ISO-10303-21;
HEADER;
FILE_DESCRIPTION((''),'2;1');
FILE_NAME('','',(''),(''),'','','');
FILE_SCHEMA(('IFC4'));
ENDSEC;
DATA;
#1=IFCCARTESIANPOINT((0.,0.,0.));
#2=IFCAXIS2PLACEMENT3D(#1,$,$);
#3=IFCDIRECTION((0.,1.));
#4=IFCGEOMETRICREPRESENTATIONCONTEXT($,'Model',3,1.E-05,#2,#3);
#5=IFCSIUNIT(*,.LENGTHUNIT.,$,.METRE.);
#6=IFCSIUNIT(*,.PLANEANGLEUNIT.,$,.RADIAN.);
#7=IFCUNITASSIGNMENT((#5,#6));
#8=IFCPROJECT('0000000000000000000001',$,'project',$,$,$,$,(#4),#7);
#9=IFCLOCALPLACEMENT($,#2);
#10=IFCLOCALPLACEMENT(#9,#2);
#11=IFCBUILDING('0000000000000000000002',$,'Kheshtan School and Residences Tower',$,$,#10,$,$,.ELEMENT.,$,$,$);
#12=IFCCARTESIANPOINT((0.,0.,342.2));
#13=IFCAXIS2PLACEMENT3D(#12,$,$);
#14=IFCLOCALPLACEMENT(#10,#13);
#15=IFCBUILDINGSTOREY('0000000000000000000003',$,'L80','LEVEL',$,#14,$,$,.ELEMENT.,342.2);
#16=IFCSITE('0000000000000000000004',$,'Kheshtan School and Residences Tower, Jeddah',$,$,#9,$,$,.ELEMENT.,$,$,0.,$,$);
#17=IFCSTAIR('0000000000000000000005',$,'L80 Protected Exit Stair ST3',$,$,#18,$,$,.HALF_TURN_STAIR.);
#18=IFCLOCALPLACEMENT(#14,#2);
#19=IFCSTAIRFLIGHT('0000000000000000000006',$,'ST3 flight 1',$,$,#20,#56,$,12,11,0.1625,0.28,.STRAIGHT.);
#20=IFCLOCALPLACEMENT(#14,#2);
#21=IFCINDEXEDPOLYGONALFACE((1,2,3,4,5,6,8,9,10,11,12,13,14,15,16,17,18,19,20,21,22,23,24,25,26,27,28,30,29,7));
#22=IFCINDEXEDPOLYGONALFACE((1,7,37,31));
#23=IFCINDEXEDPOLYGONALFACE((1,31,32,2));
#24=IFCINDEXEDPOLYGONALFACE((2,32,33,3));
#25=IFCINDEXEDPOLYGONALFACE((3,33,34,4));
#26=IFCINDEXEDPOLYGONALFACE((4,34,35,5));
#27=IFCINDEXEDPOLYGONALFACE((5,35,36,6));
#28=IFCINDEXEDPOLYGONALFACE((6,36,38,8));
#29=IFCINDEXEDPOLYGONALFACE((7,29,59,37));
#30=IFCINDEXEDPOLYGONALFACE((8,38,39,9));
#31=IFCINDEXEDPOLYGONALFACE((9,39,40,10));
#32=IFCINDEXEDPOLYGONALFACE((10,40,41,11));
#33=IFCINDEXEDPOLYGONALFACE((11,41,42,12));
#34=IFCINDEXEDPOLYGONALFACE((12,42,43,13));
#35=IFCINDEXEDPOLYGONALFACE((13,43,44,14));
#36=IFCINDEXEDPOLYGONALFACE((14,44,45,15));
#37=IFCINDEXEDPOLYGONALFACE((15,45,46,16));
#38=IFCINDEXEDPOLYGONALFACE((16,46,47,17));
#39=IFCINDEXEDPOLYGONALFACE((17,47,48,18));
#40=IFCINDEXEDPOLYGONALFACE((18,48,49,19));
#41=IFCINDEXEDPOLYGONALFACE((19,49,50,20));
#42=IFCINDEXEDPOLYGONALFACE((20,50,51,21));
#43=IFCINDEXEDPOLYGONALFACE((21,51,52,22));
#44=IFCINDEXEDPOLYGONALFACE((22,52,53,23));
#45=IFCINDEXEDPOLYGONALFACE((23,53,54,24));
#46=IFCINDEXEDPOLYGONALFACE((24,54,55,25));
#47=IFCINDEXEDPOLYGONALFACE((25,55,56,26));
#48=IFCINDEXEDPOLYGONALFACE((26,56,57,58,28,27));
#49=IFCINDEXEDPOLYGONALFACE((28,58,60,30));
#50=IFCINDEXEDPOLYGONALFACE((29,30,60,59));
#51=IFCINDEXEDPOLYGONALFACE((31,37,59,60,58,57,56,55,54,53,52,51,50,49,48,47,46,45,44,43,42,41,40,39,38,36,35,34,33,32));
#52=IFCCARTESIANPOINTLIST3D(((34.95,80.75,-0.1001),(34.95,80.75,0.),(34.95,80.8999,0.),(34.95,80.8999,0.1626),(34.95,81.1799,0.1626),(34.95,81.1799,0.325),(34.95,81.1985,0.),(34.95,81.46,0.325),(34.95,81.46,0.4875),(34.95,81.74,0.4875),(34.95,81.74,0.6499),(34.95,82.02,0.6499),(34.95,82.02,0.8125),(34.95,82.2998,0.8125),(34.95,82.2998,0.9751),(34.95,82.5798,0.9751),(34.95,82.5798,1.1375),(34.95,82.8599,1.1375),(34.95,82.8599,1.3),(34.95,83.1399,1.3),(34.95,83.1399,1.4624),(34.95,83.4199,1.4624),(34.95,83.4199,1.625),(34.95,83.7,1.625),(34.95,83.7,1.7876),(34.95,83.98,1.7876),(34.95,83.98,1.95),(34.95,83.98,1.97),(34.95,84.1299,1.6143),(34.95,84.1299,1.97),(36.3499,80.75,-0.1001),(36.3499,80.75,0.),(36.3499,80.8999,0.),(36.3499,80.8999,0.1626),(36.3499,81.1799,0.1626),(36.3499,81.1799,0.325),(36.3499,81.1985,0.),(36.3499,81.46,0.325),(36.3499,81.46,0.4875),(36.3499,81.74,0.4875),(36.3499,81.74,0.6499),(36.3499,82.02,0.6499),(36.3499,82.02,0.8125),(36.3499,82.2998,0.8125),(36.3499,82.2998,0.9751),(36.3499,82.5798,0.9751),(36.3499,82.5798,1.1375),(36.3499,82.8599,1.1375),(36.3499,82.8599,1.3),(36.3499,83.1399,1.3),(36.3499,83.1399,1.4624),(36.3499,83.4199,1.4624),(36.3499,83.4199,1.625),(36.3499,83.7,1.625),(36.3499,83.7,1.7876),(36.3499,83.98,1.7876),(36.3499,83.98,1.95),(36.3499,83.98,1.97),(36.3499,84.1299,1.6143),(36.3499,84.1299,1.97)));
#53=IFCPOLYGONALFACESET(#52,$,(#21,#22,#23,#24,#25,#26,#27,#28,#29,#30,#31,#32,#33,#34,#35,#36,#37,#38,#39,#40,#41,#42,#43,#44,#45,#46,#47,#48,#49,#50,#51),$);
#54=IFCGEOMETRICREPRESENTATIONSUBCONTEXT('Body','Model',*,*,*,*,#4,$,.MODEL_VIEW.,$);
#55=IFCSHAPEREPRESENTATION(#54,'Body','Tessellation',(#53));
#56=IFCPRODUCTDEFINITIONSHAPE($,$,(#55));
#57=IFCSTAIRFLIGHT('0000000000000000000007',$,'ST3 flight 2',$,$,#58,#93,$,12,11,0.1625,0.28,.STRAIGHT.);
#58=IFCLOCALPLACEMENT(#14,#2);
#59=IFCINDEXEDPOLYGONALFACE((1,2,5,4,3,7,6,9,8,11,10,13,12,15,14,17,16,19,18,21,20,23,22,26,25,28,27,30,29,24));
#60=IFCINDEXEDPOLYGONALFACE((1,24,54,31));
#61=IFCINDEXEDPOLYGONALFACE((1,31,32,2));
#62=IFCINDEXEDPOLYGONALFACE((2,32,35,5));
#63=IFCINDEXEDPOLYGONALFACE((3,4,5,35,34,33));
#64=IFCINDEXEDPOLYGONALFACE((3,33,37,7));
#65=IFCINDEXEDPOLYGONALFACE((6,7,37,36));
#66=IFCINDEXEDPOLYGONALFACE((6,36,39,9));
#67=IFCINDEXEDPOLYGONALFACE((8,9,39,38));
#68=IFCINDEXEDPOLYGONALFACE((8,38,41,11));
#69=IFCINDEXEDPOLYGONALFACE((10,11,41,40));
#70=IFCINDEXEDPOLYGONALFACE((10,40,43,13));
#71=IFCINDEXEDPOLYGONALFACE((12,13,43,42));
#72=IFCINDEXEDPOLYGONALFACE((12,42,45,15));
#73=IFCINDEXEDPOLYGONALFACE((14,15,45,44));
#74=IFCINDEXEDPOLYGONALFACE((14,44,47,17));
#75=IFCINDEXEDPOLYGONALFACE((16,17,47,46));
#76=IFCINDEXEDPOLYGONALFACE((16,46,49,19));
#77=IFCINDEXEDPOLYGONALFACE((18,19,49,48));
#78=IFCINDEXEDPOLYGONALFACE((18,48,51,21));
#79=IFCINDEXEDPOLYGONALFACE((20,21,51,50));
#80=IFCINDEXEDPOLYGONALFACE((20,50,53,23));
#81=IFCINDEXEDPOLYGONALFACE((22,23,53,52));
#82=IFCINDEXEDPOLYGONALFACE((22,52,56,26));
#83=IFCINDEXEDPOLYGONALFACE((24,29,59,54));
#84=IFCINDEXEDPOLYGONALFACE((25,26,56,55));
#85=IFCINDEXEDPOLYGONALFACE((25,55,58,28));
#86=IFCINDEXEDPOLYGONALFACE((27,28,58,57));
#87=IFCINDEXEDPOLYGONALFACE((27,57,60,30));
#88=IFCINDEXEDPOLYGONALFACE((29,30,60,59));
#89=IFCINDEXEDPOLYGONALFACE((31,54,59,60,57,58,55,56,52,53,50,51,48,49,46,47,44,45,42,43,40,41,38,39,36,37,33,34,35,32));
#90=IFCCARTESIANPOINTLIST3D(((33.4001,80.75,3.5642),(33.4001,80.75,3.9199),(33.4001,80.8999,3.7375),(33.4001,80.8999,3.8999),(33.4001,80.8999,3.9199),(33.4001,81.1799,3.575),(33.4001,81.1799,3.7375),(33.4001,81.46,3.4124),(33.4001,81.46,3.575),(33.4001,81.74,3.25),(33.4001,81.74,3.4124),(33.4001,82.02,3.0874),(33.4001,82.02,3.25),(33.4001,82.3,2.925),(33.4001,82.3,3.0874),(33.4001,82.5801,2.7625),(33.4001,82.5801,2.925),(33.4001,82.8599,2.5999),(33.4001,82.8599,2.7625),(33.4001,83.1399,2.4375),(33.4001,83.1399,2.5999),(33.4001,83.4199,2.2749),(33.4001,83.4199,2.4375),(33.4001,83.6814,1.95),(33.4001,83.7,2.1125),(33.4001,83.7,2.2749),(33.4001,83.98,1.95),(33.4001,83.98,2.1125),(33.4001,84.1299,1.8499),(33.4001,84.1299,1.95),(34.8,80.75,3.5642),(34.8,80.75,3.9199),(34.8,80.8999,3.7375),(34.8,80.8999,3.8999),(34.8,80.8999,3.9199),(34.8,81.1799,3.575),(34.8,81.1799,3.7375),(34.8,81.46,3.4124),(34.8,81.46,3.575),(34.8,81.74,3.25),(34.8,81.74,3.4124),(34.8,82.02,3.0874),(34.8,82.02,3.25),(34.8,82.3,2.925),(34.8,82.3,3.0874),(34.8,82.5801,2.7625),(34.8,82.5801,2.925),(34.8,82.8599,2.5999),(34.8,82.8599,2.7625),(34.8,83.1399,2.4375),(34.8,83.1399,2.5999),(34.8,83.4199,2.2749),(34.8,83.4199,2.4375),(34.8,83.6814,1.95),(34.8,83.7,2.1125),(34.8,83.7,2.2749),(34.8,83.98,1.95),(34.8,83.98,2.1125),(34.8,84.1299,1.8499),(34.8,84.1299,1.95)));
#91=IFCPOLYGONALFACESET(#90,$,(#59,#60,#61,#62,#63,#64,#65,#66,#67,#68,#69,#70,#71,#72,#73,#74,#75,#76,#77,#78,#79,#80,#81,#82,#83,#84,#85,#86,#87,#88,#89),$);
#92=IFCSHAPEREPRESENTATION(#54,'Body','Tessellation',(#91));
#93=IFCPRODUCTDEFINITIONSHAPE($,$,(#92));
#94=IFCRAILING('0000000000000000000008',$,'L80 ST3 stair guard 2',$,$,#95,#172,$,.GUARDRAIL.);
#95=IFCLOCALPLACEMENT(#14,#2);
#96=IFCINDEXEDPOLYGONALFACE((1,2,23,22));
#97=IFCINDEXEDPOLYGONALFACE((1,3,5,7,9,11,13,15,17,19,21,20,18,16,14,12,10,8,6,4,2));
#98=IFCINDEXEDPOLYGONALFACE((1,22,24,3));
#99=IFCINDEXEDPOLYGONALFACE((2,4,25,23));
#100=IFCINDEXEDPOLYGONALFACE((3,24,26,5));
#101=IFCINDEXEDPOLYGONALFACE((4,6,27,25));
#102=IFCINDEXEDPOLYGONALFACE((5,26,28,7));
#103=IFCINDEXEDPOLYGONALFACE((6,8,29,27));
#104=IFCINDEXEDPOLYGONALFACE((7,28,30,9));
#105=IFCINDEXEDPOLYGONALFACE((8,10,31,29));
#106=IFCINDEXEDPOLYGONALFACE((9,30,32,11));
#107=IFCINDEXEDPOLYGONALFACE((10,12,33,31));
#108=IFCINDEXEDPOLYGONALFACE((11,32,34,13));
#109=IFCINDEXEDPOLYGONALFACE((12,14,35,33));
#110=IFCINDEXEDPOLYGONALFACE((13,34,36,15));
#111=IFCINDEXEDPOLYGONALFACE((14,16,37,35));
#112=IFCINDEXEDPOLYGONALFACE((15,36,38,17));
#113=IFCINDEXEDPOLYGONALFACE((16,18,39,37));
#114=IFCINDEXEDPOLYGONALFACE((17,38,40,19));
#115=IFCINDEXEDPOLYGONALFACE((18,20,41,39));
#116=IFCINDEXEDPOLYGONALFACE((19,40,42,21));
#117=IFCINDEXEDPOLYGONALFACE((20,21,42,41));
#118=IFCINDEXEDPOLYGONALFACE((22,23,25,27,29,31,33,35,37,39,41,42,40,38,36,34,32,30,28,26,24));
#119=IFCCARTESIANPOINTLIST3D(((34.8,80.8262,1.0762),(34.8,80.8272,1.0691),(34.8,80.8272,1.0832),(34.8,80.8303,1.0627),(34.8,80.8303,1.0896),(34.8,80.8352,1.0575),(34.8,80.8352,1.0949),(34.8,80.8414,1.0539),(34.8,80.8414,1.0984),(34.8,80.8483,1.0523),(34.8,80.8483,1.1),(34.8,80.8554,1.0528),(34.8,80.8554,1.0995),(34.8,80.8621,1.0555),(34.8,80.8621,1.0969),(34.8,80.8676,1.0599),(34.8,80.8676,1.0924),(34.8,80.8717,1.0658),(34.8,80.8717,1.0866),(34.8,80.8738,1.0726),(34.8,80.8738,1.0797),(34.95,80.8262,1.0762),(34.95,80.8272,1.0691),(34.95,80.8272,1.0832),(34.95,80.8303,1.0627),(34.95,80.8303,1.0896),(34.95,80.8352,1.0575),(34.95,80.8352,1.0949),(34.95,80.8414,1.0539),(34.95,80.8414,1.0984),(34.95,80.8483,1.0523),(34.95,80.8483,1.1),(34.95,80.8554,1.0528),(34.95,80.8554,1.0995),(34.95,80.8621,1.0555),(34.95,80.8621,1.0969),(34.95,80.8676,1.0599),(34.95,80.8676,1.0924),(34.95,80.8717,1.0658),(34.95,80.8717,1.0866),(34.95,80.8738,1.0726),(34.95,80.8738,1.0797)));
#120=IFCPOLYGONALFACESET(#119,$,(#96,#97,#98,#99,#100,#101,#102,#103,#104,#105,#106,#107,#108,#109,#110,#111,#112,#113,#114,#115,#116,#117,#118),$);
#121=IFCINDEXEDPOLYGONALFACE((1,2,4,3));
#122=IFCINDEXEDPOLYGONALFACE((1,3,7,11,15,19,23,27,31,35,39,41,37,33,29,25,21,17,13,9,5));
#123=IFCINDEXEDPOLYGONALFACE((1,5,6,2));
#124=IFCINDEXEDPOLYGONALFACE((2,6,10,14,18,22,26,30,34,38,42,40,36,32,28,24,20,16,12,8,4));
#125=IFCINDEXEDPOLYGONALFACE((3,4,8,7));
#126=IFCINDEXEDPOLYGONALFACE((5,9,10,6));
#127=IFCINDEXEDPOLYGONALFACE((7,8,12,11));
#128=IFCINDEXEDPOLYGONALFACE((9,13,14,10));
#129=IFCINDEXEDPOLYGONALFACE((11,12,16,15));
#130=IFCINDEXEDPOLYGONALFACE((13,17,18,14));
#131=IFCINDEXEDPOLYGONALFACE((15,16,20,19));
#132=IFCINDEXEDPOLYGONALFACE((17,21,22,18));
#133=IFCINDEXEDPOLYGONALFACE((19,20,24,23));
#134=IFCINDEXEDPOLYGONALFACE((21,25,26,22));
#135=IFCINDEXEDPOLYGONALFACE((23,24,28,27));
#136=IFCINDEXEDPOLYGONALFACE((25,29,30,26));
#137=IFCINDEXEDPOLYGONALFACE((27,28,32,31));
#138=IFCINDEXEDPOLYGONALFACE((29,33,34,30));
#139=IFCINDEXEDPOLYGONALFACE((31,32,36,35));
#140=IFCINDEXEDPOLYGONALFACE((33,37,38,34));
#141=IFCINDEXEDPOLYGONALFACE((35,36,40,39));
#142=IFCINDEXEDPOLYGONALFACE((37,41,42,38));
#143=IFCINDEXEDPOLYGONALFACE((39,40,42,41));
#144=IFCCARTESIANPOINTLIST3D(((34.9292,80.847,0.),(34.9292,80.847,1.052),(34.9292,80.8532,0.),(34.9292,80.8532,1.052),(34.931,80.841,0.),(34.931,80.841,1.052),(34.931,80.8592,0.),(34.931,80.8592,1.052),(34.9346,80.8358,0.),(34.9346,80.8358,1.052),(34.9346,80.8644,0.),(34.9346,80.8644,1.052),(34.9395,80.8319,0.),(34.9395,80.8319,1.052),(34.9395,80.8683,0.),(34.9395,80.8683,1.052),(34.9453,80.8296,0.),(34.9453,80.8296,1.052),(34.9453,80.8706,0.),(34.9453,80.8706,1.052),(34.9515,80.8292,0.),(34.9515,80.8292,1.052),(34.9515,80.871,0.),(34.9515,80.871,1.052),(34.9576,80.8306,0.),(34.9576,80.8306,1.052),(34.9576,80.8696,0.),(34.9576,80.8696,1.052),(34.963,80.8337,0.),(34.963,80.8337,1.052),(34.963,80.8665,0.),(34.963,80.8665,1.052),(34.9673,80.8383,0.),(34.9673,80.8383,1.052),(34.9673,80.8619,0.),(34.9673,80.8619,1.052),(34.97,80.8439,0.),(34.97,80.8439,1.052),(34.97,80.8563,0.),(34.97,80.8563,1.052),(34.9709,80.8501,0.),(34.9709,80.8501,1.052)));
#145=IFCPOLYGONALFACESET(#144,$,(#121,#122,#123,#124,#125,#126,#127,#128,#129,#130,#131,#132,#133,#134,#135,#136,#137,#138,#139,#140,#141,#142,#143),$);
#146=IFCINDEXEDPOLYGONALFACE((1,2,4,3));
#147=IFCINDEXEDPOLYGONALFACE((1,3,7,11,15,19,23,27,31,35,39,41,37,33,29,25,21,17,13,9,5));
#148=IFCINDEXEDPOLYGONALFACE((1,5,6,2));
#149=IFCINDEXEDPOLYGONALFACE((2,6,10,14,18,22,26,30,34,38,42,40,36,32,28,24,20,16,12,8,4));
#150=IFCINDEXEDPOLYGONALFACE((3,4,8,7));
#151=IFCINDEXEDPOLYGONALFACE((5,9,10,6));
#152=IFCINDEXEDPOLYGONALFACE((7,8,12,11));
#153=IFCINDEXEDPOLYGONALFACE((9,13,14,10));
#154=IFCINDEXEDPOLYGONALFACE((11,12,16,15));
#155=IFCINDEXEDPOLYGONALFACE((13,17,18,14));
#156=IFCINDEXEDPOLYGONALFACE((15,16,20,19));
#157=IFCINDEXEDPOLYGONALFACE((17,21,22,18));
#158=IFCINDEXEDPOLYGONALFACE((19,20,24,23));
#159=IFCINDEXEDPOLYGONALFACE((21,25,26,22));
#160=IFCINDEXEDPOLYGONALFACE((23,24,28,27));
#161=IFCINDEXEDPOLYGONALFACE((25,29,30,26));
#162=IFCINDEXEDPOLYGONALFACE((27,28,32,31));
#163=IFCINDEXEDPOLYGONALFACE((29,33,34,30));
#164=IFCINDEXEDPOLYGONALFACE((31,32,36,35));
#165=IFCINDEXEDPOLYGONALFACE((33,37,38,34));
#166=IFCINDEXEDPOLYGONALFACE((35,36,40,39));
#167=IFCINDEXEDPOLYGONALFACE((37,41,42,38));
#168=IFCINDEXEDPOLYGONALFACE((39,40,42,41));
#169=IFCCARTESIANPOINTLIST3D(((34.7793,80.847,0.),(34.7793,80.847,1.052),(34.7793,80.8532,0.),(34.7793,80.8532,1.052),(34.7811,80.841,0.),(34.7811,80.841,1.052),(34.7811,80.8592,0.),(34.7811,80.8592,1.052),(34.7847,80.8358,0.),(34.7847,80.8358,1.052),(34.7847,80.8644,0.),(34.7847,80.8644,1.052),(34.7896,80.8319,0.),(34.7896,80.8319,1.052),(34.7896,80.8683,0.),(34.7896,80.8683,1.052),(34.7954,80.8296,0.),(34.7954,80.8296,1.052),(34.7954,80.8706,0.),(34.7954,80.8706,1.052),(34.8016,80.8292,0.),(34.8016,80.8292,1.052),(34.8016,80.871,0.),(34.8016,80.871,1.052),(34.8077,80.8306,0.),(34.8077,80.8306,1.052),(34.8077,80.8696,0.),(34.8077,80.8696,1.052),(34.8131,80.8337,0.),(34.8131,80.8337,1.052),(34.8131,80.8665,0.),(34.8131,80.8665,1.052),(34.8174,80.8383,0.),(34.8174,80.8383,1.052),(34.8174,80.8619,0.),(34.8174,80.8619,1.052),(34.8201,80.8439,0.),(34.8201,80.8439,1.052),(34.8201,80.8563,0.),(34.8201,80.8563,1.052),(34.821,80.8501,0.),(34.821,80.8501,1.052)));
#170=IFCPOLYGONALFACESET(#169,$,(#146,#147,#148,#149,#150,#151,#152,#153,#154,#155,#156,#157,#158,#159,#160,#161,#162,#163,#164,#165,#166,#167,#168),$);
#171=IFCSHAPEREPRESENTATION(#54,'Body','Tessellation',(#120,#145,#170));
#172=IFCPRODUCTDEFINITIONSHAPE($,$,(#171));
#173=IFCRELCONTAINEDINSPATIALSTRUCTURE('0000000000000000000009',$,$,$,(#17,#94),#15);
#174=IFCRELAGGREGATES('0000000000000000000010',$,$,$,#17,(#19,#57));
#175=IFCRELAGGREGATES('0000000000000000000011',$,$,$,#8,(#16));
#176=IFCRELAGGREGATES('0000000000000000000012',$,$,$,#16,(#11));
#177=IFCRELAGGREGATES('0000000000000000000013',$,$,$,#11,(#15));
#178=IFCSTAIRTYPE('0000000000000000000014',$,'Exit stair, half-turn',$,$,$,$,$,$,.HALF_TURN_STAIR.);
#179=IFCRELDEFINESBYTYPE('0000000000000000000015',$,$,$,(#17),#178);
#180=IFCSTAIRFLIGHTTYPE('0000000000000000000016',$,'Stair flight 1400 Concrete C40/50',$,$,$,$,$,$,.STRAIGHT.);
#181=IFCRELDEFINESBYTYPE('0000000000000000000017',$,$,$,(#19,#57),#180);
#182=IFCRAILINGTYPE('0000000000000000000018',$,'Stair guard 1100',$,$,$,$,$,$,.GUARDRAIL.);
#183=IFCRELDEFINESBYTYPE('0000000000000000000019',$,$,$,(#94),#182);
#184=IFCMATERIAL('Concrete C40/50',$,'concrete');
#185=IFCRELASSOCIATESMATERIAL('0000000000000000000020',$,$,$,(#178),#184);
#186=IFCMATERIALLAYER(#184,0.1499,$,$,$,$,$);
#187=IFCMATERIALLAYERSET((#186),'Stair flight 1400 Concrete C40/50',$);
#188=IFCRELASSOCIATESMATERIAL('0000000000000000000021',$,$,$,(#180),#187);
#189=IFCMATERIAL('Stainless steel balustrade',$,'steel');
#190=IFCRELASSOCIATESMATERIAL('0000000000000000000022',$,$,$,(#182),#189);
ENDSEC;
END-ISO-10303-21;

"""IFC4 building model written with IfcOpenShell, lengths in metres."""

from ifc_helpers import new_model, si_unit, direction, frame, origin, origin_2d, place, context, subcontext, project, spatial, polyline, circle, outline, extrude, material, layer, layer_set, type_object, element, aggregate, save


model = new_model("IFC4")

# Units and contexts
model_context = context("Model", 3, precision=1e-05, world=origin(), true_north=direction((0.0, 1.0)))
body_context = subcontext(model_context, "Body", "Model", "MODEL_VIEW")
ifc_project = project(units=[si_unit("LENGTHUNIT", "METRE"), si_unit("PLANEANGLEUNIT", "RADIAN")], contexts=[model_context])

# Site, building, storey
site_placement = place(None, origin())
site = spatial("IfcSite", under=ifc_project, at=site_placement, Name="Kheshtan School and Residences Tower, Jeddah", CompositionType="ELEMENT", RefElevation=0.0)
building_placement = place(site_placement, origin())
building = spatial("IfcBuilding", under=site, at=building_placement, Name="Kheshtan School and Residences Tower", CompositionType="ELEMENT")
storey_placement = place(building_placement, frame((0.0, 0.0, 342.2)))
storey = spatial("IfcBuildingStorey", under=building, at=storey_placement, Name="L80", Description="LEVEL", CompositionType="ELEMENT", Elevation=342.2)

# Shared definitions
ifc_material_1 = material(Name="Concrete C40/50", Category="concrete")

# Stair, stair flights
stair_type = type_object("IfcStairType", Name="Exit stair, half-turn", PredefinedType="HALF_TURN_STAIR", material=ifc_material_1)
stair_placement = place(storey_placement, origin())
stair = element("IfcStair", 1, at=stair_placement, inside=storey, type_object=stair_type, Name="L80 Protected Exit Stair ST3", PredefinedType="HALF_TURN_STAIR")
ifc_layer_1 = layer(ifc_material_1, 0.1499)
ifc_layer_set_1 = layer_set([ifc_layer_1], Name="Stair flight 1400 Concrete C40/50")
stair_flight_type = type_object("IfcStairFlightType", Name="Stair flight 1400 Concrete C40/50", PredefinedType="STRAIGHT", material=ifc_layer_set_1)
stair_flight_1_placement = place(storey_placement, frame((35.6499, 80.8999, 0.0), z_axis=(0.0, 0.0, 1.0), x_axis=(0.0, 1.0, 0.0)))
stair_flight_1 = element("IfcStairFlight", 2, at=stair_flight_1_placement, type_object=stair_flight_type, Name="ST3 flight 1", NumberOfRisers=12, NumberOfTreads=11, PredefinedType="STRAIGHT", RiserHeight=0.1625, TreadLength=0.28, context=body_context, shape_type="SweptSolid", body=[
    extrude(outline(polyline([(-0.1499, -0.1001), (-0.1499, 0.0), (0.0, 0.0), (0.0, 0.1626), (0.28, 0.1626), (0.28, 0.325), (0.5601, 0.325), (0.5601, 0.4875), (0.8401, 0.4875), (0.8401, 0.6499), (1.1201, 0.6499), (1.1201, 0.8125), (1.3999, 0.8125), (1.3999, 0.9751), (1.6799, 0.9751), (1.6799, 1.1375), (1.96, 1.1375), (1.96, 1.3), (2.24, 1.3), (2.24, 1.4624), (2.52, 1.4624), (2.52, 1.625), (2.8, 1.625), (2.8, 1.7876), (3.0801, 1.7876), (3.0801, 1.95), (3.0801, 1.97), (3.23, 1.97), (3.23, 1.6143), (0.2986, 0.0), (-0.1499, -0.1001)])), frame((0.0, 0.7, 0.0), z_axis=(0.0, -1.0, 0.0), x_axis=(1.0, 0.0, 0.0)), (0.0, 0.0, 1.0), 1.3999),
])
stair_flight_2_placement = place(storey_placement, frame((34.1001, 83.98, 1.95), z_axis=(0.0, 0.0, 1.0), x_axis=(0.0, -1.0, 0.0)))
stair_flight_2 = element("IfcStairFlight", 3, at=stair_flight_2_placement, type_object=stair_flight_type, Name="ST3 flight 2", NumberOfRisers=12, NumberOfTreads=11, PredefinedType="STRAIGHT", RiserHeight=0.1625, TreadLength=0.28, context=body_context, shape_type="SweptSolid", body=[
    extrude(outline(polyline([(-0.1499, -0.1001), (-0.1499, 0.0), (0.0, 0.0), (0.0, 0.1626), (0.28, 0.1626), (0.28, 0.325), (0.5601, 0.325), (0.5601, 0.4875), (0.8401, 0.4875), (0.8401, 0.6499), (1.1201, 0.6499), (1.1201, 0.8125), (1.3999, 0.8125), (1.3999, 0.9751), (1.6799, 0.9751), (1.6799, 1.1375), (1.96, 1.1375), (1.96, 1.3), (2.24, 1.3), (2.24, 1.4624), (2.52, 1.4624), (2.52, 1.625), (2.8, 1.625), (2.8, 1.7876), (3.0801, 1.7876), (3.0801, 1.95), (3.0801, 1.97), (3.23, 1.97), (3.23, 1.6143), (0.2986, 0.0), (-0.1499, -0.1001)])), frame((0.0, 0.7, 0.0), z_axis=(0.0, -1.0, 0.0), x_axis=(1.0, 0.0, 0.0)), (0.0, 0.0, 1.0), 1.3999),
])
aggregate(stair, [stair_flight_1, stair_flight_2])

# Railing
ifc_material_2 = material(Name="Stainless steel balustrade", Category="steel")
railing_type_1 = type_object("IfcRailingType", Name="Stair guard 1100", PredefinedType="GUARDRAIL", material=ifc_material_2)
railing_1_placement = place(storey_placement, frame((34.95, 80.8501, 0.0)))
element("IfcRailing", 4, at=railing_1_placement, inside=storey, type_object=railing_type_1, Name="L80 ST3 stair guard 2", PredefinedType="GUARDRAIL", context=body_context, shape_type="SweptSolid", body=[
    extrude(circle(Radius=0.0239, at=origin_2d()), frame((0.0, 0.0, 1.0762), z_axis=(-1.0, 0.0, 0.0), x_axis=(0.0, -1.0, 0.0)), (0.0, 0.0, 1.0), 0.1499),
    extrude(circle(Radius=0.021, at=origin_2d()), origin(), (0.0, 0.0, 1.0), 1.052),
    extrude(circle(Radius=0.021, at=origin_2d()), frame((-0.1499, 0.0, 0.0)), (0.0, 0.0, 1.0), 1.052),
])

save(model, "model.ifc")
